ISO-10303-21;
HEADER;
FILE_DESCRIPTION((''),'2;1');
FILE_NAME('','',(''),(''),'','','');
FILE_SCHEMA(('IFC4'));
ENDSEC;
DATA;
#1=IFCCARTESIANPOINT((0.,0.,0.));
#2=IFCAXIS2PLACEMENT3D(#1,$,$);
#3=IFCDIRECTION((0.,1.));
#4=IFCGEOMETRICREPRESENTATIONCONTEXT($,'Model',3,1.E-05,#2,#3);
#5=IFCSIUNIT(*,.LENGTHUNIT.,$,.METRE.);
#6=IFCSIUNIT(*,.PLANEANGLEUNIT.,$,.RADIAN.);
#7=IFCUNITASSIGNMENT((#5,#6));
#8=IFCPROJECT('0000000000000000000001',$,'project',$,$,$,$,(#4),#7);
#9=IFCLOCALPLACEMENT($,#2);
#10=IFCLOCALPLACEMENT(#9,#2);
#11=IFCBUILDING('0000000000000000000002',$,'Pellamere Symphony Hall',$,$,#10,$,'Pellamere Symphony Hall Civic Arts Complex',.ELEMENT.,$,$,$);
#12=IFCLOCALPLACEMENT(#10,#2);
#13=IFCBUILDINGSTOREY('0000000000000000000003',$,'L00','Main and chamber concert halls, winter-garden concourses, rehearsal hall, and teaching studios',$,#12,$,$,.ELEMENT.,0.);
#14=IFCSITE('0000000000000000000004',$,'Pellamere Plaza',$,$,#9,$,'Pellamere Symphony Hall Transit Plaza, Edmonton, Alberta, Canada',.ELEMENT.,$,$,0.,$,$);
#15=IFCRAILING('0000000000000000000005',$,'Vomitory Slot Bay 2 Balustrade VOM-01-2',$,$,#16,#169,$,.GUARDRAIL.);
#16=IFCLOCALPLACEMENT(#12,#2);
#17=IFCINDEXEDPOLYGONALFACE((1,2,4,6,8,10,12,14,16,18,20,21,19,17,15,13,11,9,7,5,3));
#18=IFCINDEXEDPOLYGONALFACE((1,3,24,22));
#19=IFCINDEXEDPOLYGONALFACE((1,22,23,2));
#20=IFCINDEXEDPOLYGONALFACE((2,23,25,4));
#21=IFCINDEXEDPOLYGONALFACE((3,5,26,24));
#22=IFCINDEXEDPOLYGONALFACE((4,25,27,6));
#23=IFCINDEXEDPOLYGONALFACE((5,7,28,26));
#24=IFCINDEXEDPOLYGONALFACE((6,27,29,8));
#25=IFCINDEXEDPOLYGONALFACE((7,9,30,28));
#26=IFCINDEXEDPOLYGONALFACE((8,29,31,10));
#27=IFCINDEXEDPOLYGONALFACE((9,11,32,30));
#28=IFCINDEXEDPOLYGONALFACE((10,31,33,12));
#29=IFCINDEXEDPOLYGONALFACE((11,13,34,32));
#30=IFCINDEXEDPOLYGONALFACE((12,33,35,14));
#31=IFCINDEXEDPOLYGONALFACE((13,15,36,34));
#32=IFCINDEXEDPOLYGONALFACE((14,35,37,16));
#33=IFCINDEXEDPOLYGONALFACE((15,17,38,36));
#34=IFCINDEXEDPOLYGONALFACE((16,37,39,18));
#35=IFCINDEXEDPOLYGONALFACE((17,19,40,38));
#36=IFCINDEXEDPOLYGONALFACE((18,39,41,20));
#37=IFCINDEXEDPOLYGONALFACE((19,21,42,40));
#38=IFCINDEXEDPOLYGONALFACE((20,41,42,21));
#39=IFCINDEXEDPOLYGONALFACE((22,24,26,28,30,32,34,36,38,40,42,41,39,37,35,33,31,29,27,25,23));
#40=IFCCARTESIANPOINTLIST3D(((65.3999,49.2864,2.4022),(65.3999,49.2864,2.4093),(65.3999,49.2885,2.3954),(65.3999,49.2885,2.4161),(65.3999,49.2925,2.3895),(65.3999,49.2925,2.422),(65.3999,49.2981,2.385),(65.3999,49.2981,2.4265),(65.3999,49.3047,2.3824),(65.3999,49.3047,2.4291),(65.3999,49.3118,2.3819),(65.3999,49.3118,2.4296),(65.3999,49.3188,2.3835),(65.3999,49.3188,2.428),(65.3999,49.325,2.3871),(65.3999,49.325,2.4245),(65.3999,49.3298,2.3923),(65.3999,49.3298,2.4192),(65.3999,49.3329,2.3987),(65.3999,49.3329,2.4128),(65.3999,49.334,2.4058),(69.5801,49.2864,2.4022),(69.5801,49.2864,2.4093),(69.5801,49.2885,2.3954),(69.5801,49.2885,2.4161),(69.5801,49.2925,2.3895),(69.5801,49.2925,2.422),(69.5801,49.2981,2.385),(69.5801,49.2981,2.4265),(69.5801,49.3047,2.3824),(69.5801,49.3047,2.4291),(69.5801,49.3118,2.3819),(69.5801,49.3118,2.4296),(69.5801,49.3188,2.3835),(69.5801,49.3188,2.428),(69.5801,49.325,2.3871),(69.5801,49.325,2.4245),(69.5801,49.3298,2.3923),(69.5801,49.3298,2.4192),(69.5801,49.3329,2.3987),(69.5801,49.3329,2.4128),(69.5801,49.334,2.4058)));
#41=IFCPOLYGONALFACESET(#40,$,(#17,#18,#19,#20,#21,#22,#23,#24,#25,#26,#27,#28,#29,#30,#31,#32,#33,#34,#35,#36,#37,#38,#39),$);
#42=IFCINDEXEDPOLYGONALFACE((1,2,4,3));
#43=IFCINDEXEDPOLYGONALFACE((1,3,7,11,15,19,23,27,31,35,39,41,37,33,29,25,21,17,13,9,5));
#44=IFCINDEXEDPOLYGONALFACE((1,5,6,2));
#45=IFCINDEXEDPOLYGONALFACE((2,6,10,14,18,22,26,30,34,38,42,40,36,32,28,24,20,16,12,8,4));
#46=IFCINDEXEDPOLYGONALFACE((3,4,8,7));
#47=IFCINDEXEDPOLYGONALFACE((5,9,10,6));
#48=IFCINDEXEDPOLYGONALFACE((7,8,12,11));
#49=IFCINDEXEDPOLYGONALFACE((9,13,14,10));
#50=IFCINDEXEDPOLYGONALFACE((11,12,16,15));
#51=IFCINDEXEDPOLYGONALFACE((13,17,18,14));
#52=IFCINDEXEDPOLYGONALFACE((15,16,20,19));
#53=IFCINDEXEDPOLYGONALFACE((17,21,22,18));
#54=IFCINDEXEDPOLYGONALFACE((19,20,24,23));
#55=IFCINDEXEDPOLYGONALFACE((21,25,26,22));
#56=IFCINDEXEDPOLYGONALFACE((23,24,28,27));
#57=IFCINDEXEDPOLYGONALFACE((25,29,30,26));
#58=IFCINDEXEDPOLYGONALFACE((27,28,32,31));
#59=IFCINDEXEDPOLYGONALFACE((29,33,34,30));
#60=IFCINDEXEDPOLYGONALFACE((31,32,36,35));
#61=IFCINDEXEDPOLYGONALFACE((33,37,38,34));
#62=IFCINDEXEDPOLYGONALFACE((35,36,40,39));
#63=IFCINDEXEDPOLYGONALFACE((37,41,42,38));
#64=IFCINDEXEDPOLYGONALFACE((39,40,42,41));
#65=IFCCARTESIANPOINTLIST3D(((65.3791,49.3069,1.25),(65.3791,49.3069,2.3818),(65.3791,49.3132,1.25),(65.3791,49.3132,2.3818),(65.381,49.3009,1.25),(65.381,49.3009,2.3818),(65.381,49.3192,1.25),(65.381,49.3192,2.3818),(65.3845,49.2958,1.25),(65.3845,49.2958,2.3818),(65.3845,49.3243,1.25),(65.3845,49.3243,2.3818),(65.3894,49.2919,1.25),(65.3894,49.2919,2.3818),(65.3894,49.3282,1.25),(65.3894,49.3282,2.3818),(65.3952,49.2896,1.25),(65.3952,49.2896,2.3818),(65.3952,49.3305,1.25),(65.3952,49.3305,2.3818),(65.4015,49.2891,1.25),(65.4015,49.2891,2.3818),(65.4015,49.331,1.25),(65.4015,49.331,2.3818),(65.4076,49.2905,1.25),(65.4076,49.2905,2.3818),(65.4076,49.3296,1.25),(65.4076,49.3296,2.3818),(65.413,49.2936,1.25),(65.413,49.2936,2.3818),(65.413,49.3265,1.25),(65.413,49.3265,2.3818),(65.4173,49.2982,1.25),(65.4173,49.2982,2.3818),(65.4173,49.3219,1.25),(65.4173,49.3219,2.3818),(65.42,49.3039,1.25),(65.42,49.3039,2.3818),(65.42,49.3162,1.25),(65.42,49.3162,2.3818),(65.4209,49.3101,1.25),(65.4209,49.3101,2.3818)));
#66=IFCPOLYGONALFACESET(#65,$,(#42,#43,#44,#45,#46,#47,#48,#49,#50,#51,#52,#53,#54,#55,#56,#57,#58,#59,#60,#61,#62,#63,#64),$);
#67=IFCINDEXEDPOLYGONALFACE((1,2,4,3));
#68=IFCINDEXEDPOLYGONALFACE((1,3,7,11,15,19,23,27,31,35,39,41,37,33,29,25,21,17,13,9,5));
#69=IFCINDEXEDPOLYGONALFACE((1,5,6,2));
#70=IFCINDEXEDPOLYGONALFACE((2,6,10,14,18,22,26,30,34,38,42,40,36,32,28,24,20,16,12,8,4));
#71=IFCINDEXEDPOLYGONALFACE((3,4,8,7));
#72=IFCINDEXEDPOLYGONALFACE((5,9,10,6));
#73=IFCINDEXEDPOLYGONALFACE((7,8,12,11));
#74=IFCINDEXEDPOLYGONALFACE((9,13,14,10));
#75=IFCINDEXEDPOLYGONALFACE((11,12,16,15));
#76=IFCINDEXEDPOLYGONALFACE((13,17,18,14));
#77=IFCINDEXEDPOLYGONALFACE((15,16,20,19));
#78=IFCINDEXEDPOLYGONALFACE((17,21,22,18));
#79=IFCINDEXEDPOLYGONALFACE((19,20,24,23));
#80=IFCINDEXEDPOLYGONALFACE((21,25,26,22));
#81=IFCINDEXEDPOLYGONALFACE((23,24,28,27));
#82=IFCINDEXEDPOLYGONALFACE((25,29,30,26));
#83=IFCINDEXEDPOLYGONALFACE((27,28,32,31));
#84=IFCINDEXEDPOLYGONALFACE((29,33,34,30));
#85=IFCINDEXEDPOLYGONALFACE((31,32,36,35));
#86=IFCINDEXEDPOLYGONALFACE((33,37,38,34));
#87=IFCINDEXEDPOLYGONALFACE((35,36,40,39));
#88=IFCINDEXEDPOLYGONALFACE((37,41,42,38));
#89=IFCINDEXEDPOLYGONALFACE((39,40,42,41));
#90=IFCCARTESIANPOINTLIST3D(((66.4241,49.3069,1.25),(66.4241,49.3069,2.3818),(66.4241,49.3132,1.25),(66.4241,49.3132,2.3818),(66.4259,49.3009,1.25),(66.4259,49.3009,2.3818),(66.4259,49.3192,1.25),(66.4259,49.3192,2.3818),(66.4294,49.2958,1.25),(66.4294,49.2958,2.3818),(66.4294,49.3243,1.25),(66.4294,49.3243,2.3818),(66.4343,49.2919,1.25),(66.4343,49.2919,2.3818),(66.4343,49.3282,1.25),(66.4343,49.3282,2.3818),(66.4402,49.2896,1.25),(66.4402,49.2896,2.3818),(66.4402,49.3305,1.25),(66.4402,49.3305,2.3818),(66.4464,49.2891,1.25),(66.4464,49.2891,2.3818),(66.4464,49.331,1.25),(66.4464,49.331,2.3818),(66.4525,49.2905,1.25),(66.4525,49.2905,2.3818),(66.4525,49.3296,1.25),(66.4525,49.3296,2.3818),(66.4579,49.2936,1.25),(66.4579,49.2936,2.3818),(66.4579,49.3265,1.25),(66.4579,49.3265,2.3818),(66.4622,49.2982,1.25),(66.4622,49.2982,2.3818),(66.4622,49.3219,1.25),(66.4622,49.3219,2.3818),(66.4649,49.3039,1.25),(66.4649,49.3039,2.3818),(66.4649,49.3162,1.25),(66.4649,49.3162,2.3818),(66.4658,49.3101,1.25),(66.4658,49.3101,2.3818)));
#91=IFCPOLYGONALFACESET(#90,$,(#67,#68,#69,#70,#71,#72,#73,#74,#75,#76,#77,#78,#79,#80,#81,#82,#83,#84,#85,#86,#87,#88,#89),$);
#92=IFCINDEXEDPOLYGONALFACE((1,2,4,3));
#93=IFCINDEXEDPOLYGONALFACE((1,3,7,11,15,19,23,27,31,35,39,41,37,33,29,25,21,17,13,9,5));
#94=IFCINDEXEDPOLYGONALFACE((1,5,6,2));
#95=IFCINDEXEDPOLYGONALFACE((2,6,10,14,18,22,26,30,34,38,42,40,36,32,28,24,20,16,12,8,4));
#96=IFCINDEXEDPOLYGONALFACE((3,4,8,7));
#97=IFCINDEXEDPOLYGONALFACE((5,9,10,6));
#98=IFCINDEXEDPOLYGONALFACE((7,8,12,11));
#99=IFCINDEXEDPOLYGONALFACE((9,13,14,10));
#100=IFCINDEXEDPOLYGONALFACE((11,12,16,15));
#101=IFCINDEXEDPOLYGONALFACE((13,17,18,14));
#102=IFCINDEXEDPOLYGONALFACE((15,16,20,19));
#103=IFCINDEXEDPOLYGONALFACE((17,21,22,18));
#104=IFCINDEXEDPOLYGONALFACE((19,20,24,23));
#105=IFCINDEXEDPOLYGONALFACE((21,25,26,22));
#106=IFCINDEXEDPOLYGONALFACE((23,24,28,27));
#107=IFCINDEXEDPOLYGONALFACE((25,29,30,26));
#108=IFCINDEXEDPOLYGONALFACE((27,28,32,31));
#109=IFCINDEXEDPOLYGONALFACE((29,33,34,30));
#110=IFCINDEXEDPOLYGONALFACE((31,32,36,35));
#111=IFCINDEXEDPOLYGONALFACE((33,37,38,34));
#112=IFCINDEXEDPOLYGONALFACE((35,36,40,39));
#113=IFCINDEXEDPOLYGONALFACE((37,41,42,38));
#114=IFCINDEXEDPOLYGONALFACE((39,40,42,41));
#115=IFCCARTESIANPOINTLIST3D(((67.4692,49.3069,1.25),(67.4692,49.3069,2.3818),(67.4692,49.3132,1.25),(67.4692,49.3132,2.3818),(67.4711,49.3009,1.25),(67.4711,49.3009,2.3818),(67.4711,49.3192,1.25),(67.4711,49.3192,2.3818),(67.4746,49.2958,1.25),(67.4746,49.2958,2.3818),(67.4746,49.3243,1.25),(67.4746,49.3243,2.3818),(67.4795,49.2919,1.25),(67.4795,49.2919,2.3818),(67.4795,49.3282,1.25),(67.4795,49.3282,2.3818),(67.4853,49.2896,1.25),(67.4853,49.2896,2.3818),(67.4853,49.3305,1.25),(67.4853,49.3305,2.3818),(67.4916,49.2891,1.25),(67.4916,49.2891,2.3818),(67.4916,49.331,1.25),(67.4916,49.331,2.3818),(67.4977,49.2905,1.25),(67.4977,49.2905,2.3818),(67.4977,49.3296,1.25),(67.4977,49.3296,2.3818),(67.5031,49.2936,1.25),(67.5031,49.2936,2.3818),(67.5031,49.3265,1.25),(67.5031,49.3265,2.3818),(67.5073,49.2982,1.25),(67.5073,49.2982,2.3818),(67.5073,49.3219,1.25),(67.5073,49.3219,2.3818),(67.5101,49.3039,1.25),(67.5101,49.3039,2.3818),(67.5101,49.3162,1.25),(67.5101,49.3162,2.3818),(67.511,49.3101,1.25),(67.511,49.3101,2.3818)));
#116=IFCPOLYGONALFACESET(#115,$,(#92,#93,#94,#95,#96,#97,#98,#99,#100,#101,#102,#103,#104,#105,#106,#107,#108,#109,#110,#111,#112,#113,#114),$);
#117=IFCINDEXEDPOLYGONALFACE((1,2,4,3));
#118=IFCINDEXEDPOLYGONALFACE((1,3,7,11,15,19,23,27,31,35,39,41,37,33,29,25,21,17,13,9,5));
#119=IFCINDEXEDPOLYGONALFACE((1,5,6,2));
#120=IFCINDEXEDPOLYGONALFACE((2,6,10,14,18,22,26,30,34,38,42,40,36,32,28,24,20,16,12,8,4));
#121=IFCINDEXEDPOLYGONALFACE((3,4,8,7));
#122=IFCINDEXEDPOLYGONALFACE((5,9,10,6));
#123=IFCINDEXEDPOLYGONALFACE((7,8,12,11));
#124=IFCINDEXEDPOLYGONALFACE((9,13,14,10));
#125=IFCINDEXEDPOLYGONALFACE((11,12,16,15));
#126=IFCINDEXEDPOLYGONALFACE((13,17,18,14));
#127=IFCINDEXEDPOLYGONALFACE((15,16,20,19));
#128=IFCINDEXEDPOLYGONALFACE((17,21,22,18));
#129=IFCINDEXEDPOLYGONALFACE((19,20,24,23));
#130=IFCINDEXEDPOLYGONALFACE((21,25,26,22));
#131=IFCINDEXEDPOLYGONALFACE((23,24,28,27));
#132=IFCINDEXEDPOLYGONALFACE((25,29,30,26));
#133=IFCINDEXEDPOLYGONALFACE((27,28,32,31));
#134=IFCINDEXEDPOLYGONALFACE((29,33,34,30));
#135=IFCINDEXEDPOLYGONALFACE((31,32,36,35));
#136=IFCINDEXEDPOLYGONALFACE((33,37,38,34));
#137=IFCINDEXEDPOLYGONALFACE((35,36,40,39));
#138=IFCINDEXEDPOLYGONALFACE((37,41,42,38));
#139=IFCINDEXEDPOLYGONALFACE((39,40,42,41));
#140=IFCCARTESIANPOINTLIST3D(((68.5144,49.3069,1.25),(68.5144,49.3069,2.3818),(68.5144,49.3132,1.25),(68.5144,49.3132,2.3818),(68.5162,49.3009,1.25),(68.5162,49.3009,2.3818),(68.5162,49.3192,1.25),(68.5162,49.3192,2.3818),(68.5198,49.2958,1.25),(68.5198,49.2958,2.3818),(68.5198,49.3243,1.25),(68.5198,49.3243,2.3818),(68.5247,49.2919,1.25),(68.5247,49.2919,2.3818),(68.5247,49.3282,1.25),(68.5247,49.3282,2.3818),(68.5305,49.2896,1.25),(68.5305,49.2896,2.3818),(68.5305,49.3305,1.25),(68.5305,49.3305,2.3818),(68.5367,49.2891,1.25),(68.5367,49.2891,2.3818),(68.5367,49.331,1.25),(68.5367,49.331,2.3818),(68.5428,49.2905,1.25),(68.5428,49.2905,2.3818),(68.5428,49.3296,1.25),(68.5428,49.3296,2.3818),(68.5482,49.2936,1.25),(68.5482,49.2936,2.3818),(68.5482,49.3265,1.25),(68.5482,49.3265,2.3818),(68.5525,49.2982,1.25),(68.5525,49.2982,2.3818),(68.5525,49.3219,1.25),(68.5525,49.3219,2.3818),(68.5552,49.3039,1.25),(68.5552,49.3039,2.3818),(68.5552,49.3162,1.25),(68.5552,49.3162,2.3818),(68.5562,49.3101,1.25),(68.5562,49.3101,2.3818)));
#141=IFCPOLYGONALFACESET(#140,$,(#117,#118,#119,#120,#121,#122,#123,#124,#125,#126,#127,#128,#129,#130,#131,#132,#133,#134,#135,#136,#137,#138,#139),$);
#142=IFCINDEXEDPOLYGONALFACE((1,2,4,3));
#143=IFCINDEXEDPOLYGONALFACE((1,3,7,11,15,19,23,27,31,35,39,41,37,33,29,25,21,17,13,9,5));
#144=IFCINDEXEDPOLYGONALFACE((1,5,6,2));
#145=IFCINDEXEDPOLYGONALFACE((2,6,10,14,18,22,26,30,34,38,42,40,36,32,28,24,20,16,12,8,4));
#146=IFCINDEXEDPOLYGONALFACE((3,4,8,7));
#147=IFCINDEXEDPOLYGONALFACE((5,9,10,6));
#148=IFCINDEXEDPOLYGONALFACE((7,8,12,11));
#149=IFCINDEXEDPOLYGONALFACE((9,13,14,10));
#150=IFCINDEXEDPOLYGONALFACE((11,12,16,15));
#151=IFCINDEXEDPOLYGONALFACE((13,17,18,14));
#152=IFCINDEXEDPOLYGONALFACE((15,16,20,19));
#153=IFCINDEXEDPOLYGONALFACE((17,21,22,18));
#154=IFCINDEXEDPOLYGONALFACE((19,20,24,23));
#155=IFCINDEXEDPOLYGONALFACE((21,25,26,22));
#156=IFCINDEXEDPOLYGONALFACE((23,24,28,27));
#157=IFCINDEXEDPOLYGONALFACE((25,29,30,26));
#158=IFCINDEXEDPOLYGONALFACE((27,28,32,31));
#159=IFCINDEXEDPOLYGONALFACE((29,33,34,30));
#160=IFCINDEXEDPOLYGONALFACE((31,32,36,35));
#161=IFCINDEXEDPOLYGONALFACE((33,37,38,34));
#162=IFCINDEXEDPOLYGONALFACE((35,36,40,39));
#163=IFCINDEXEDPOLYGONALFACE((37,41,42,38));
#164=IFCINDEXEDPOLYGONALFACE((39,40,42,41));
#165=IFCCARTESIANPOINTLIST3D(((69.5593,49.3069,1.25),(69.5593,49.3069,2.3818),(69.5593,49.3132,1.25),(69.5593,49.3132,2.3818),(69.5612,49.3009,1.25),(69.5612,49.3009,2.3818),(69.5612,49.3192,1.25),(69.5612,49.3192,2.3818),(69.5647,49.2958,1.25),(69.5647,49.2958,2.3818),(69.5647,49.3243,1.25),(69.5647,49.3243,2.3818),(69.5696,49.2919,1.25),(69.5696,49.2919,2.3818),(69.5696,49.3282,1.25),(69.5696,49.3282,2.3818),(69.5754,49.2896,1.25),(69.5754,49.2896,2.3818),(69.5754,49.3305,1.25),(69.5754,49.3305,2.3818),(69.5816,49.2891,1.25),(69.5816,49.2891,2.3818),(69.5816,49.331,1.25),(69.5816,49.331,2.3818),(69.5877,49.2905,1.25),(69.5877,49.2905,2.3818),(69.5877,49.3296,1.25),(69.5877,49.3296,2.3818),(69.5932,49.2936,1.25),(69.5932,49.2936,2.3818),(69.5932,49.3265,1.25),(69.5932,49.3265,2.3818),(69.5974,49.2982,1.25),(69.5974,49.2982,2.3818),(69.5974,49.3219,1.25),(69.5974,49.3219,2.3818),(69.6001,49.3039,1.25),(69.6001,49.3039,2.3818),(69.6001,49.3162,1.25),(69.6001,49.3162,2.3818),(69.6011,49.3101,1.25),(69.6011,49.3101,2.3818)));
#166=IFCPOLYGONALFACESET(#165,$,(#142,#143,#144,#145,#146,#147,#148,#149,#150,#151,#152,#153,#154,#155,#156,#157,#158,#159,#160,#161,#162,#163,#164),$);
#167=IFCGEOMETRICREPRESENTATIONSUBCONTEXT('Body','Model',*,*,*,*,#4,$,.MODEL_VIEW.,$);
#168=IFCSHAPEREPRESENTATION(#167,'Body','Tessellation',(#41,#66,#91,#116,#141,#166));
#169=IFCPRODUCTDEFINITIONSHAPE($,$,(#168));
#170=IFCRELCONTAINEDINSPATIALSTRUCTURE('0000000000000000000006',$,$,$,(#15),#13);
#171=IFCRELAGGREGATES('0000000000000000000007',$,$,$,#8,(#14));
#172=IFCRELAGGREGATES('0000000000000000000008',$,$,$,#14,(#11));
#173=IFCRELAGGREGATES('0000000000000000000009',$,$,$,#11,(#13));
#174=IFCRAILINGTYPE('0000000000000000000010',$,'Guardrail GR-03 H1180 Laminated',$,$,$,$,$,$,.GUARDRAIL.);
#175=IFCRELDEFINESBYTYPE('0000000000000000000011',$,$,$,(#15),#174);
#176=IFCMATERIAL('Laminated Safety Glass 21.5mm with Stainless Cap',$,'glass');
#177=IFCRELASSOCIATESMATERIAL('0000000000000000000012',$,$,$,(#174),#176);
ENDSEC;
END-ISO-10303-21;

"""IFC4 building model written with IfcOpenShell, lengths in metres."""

from ifc_helpers import new_model, si_unit, direction, frame, origin, origin_2d, place, context, subcontext, project, spatial, circle, extrude, material, type_object, element, save


model = new_model("IFC4")

# Units and contexts
model_context = context("Model", 3, precision=1e-05, world=origin(), true_north=direction((0.0, 1.0)))
body_context = subcontext(model_context, "Body", "Model", "MODEL_VIEW")
ifc_project = project(units=[si_unit("LENGTHUNIT", "METRE"), si_unit("PLANEANGLEUNIT", "RADIAN")], contexts=[model_context])

# Site, building, storey
site_placement = place(None, origin())
site = spatial("IfcSite", under=ifc_project, at=site_placement, Name="Pellamere Plaza", LongName="Pellamere Symphony Hall Transit Plaza, Edmonton, Alberta, Canada", CompositionType="ELEMENT", RefElevation=0.0)
building_placement = place(site_placement, origin())
building = spatial("IfcBuilding", under=site, at=building_placement, Name="Pellamere Symphony Hall", LongName="Pellamere Symphony Hall Civic Arts Complex", CompositionType="ELEMENT")
storey_placement = place(building_placement, origin())
storey = spatial("IfcBuildingStorey", under=building, at=storey_placement, Name="L00", Description="Main and chamber concert halls, winter-garden concourses, rehearsal hall, and teaching studios", CompositionType="ELEMENT", Elevation=0.0)

# Railing
ifc_material_1 = material(Name="Laminated Safety Glass 21.5mm with Stainless Cap", Category="glass")
railing_type_1 = type_object("IfcRailingType", Name="Guardrail GR-03 H1180 Laminated", PredefinedType="GUARDRAIL", material=ifc_material_1)
railing_1_placement = place(storey_placement, frame((65.3999, 49.3101, 1.25)))
element("IfcRailing", 1, at=railing_1_placement, inside=storey, type_object=railing_type_1, Name="Vomitory Slot Bay 2 Balustrade VOM-01-2", PredefinedType="GUARDRAIL", context=body_context, shape_type="SweptSolid", body=[
    extrude(circle(Radius=0.0239, at=origin_2d()), frame((0.0, 0.0, 1.1558), z_axis=(1.0, 0.0, 0.0), x_axis=(0.0, 1.0, 0.0)), (0.0, 0.0, 1.0), 4.1802),
    extrude(circle(Radius=0.021, at=origin_2d()), origin(), (0.0, 0.0, 1.0), 1.1318),
    extrude(circle(Radius=0.021, at=origin_2d()), frame((1.0449, 0.0, 0.0)), (0.0, 0.0, 1.0), 1.1318),
    extrude(circle(Radius=0.021, at=origin_2d()), frame((2.0901, 0.0, 0.0)), (0.0, 0.0, 1.0), 1.1318),
    extrude(circle(Radius=0.021, at=origin_2d()), frame((3.1353, 0.0, 0.0)), (0.0, 0.0, 1.0), 1.1318),
    extrude(circle(Radius=0.021, at=origin_2d()), frame((4.1802, 0.0, 0.0)), (0.0, 0.0, 1.0), 1.1318),
])

save(model, "model.ifc")
